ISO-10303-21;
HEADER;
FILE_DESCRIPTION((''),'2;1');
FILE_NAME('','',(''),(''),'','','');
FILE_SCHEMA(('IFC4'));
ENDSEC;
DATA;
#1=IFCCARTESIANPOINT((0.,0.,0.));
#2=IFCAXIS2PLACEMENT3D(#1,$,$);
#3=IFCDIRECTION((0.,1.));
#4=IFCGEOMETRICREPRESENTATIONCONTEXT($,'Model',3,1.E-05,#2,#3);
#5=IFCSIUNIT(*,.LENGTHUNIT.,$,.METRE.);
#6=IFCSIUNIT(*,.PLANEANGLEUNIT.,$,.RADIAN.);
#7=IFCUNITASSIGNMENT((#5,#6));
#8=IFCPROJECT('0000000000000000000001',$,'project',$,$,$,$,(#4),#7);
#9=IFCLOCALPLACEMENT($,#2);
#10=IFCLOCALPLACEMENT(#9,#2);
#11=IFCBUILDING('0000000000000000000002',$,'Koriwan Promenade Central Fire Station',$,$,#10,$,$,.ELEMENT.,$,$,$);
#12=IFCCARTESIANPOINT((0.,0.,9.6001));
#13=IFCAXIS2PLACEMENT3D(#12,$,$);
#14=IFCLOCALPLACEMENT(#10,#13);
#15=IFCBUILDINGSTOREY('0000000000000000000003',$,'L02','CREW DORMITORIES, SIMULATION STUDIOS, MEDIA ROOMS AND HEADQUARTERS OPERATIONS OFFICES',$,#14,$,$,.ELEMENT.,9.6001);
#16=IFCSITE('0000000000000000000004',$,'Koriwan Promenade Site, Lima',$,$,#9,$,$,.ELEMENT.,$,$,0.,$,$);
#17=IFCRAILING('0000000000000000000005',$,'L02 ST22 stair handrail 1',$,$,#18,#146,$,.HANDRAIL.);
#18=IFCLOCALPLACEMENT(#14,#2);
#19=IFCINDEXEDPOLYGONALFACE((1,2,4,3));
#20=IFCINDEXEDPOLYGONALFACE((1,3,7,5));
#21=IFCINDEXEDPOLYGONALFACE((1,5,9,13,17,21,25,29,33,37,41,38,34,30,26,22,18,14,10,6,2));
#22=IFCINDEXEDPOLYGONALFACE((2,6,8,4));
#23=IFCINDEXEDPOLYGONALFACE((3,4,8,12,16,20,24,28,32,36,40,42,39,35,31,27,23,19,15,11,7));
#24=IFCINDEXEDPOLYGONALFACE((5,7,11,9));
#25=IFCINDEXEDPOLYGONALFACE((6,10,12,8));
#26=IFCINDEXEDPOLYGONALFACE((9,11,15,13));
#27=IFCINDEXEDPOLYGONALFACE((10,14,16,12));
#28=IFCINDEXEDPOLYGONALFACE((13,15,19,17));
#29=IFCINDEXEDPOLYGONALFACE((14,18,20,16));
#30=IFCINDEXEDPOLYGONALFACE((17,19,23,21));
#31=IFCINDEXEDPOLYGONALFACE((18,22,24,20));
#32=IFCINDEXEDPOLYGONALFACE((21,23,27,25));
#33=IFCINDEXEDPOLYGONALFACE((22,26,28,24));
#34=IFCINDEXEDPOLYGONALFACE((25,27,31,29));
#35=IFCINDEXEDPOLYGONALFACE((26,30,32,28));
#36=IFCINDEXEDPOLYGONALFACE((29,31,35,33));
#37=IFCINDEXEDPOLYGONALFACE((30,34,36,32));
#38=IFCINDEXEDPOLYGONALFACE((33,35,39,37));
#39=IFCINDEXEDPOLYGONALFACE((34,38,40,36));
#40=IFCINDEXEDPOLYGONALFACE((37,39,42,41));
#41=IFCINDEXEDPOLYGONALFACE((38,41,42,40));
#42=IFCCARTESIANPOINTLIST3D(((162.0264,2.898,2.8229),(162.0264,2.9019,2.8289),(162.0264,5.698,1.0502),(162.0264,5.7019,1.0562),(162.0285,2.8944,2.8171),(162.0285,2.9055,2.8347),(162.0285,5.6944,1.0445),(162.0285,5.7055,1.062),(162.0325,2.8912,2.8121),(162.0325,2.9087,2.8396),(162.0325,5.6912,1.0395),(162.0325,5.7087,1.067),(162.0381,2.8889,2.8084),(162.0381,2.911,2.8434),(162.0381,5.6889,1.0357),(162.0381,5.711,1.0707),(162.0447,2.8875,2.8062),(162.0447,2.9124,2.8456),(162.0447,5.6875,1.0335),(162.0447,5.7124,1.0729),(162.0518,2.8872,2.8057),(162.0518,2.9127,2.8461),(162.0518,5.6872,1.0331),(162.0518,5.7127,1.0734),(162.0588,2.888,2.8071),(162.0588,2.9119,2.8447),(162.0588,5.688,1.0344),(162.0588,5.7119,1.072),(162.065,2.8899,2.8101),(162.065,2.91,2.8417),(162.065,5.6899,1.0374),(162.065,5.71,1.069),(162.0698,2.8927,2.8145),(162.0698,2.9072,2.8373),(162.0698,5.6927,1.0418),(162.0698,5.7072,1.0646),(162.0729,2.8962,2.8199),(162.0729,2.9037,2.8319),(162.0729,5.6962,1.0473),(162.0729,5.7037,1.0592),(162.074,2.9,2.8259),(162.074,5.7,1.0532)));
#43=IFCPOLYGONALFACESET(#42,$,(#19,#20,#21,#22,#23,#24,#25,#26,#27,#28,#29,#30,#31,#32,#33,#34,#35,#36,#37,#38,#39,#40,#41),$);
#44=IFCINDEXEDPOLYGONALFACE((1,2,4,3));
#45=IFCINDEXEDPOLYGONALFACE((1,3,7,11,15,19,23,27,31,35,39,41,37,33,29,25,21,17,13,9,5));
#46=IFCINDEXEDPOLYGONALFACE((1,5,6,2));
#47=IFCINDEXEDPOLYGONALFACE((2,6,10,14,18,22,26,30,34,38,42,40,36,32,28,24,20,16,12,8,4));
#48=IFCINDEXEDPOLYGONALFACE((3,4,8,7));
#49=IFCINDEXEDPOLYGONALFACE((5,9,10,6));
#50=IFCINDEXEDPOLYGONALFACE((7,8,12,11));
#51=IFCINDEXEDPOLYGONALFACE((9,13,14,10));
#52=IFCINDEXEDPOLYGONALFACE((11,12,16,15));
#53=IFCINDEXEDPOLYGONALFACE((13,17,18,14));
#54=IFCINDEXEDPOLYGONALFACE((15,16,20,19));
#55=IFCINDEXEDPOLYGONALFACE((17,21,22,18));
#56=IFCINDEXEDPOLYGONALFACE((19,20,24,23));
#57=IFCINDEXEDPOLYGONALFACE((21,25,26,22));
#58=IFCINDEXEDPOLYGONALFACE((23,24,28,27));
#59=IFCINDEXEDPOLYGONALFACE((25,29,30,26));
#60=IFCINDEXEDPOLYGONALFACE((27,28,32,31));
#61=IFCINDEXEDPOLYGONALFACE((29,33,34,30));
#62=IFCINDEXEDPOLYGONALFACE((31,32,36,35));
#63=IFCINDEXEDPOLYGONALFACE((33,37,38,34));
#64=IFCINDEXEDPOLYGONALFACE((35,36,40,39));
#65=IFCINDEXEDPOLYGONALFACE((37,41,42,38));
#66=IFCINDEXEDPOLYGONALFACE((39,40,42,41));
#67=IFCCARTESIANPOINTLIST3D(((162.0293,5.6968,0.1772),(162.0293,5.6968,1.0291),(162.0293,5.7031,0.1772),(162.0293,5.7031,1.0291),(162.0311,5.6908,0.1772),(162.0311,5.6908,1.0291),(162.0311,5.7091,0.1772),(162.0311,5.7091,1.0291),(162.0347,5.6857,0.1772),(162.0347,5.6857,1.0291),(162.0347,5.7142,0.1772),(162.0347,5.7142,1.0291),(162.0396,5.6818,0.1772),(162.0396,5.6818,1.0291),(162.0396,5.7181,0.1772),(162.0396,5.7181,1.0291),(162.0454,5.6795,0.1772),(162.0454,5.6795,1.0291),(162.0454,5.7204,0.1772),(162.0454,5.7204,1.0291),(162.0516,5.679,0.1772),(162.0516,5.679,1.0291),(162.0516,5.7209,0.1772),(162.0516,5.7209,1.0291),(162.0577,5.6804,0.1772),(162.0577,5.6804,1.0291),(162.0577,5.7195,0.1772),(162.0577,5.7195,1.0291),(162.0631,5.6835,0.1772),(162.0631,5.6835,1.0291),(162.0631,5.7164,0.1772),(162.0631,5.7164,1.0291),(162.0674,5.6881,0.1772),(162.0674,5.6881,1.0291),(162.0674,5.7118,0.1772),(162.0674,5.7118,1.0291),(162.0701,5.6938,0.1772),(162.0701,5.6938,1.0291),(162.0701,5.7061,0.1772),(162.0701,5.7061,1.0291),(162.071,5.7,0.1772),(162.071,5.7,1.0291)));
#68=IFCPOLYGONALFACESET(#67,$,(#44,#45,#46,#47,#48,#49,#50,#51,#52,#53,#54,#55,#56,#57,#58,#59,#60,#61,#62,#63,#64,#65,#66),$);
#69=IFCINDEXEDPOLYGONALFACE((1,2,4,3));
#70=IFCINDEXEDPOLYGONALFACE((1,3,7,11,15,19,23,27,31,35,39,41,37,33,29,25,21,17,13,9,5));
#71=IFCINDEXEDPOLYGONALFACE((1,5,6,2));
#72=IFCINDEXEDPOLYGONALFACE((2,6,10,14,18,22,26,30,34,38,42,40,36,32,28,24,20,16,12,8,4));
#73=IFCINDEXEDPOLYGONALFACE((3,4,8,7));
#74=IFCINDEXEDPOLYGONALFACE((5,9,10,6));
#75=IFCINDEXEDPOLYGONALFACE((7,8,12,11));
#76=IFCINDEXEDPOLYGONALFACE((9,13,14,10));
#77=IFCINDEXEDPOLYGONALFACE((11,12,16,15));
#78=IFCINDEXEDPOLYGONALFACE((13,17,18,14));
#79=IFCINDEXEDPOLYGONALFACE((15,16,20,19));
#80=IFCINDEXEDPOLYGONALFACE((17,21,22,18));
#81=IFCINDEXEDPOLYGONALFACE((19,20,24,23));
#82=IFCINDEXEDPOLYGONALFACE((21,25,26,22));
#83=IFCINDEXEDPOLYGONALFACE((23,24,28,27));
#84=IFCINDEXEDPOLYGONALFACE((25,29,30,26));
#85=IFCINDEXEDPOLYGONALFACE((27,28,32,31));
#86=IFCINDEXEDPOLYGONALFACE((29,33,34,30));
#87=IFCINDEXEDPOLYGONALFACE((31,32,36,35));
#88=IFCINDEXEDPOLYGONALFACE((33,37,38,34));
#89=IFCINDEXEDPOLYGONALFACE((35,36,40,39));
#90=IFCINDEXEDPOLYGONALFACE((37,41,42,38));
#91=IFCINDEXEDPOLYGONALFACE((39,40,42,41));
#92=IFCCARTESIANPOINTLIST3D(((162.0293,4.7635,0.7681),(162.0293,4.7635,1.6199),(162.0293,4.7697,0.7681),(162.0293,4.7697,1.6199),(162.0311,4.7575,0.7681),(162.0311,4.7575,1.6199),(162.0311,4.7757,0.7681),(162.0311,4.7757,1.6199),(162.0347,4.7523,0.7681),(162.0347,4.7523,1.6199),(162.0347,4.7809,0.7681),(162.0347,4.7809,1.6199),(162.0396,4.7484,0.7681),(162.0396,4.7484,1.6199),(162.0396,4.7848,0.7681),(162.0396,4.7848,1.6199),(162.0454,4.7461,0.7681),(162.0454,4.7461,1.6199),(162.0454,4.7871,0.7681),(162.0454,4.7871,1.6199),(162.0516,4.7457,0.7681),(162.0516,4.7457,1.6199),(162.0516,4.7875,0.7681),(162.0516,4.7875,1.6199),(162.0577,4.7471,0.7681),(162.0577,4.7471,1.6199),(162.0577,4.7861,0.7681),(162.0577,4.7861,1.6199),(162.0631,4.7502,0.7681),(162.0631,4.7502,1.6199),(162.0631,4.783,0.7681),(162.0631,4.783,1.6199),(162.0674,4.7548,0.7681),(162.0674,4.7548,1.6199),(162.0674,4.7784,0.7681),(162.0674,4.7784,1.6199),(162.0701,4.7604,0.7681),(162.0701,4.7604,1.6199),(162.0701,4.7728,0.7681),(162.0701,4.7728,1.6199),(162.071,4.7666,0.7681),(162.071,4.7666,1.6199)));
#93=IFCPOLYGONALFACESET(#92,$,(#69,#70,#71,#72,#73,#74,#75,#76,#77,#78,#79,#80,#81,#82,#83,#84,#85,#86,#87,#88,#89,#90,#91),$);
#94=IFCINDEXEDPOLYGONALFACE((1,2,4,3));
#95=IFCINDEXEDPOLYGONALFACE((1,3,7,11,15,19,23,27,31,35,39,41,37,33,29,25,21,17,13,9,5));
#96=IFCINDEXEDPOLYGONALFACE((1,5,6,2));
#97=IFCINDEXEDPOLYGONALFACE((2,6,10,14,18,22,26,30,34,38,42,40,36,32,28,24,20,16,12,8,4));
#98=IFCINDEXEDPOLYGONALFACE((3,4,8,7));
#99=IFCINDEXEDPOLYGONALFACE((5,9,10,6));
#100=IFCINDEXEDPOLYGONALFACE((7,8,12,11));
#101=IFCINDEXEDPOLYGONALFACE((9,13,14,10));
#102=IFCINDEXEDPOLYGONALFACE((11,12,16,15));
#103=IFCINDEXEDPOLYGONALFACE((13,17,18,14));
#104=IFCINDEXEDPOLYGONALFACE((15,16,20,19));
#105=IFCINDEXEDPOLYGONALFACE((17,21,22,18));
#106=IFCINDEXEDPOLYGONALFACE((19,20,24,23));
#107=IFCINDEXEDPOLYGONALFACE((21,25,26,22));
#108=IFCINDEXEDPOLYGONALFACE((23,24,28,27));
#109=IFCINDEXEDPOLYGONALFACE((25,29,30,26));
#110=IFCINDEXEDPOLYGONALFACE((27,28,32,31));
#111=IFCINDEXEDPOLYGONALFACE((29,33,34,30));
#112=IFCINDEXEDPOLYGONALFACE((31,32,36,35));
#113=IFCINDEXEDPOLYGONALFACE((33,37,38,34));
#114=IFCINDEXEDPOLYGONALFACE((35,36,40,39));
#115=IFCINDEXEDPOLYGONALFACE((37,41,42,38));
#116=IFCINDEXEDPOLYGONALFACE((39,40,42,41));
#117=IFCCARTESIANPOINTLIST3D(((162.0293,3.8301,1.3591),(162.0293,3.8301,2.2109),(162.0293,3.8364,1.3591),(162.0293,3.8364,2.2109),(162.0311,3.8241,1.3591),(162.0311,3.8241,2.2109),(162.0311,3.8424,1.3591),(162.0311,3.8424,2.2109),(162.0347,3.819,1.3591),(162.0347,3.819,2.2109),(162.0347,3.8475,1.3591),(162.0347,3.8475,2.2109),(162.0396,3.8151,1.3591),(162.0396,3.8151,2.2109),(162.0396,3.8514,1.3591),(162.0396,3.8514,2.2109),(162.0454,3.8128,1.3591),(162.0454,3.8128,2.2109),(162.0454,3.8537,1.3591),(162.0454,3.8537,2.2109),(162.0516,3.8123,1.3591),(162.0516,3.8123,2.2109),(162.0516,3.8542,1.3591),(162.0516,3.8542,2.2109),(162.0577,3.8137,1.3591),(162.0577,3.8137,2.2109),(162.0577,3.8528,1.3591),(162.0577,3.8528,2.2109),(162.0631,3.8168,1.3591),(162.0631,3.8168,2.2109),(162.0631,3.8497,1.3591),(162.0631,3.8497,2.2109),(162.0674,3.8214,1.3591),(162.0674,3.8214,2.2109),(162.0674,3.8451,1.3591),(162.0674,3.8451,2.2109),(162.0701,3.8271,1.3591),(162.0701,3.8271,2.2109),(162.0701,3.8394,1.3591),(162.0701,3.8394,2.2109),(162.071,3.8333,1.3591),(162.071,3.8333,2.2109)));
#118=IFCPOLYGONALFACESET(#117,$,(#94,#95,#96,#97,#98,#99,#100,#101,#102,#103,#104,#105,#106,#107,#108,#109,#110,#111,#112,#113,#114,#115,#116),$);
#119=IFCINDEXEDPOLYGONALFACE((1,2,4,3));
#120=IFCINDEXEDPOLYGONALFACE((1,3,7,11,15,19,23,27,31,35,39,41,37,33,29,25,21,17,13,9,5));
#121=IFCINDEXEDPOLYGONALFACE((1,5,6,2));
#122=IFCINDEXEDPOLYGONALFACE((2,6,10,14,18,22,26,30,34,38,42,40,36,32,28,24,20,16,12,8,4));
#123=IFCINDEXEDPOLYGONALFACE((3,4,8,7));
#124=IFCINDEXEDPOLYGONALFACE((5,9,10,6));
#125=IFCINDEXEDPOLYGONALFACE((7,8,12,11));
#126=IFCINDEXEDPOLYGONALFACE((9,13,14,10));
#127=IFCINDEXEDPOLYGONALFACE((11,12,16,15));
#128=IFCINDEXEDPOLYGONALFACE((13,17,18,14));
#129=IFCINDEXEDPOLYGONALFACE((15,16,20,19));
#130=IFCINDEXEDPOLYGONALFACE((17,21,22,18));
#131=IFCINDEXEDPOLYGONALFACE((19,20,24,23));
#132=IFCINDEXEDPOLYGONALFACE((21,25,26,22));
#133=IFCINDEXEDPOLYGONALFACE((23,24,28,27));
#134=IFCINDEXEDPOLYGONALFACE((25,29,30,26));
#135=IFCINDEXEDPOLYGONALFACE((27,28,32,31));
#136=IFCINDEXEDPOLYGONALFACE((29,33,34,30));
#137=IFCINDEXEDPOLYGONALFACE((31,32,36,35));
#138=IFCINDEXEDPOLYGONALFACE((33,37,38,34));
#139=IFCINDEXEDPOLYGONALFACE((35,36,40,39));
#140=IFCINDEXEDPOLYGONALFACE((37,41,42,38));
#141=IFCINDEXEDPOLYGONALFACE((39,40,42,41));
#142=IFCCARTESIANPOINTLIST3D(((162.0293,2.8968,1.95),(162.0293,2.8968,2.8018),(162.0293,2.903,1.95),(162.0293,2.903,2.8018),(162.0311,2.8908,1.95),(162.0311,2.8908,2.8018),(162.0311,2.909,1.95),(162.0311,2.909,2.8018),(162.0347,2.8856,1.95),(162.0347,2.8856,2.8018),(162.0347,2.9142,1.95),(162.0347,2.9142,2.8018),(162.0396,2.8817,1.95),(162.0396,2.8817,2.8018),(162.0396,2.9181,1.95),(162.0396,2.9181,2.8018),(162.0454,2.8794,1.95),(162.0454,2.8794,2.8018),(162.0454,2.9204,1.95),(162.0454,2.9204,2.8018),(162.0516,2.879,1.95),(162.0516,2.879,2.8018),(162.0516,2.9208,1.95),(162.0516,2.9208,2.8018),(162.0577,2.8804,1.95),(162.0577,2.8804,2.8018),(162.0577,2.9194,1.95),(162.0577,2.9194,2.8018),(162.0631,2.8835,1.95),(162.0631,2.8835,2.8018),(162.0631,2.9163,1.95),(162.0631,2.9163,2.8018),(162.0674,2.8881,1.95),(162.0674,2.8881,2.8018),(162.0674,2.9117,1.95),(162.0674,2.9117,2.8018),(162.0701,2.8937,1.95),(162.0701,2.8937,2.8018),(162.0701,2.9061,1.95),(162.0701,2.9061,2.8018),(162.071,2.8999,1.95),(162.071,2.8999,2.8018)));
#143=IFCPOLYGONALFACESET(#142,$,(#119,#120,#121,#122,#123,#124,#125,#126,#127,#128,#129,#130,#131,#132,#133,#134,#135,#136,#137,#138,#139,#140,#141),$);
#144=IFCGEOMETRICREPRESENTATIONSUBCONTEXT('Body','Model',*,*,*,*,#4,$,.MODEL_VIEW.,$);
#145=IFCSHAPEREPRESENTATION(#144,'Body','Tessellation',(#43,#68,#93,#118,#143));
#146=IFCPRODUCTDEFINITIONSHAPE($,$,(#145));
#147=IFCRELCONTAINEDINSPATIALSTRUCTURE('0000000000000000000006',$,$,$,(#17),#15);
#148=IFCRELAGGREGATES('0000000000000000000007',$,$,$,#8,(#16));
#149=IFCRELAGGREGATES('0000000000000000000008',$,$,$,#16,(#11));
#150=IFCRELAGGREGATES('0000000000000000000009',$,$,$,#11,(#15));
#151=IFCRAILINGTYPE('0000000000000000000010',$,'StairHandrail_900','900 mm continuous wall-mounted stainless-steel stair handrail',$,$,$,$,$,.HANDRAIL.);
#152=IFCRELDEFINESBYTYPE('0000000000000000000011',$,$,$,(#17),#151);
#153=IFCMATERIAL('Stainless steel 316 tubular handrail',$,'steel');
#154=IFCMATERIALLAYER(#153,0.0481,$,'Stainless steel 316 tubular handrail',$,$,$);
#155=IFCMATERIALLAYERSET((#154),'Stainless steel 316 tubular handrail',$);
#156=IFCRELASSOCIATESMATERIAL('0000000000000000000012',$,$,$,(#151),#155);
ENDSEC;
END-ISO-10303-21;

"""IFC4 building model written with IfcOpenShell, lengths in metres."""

from ifc_helpers import new_model, si_unit, direction, frame, origin, origin_2d, place, context, subcontext, project, spatial, circle, extrude, material, layer, layer_set, type_object, element, save


model = new_model("IFC4")

# Units and contexts
model_context = context("Model", 3, precision=1e-05, world=origin(), true_north=direction((0.0, 1.0)))
body_context = subcontext(model_context, "Body", "Model", "MODEL_VIEW")
ifc_project = project(units=[si_unit("LENGTHUNIT", "METRE"), si_unit("PLANEANGLEUNIT", "RADIAN")], contexts=[model_context])

# Site, building, storey
site_placement = place(None, origin())
site = spatial("IfcSite", under=ifc_project, at=site_placement, Name="Koriwan Promenade Site, Lima", CompositionType="ELEMENT", RefElevation=0.0)
building_placement = place(site_placement, origin())
building = spatial("IfcBuilding", under=site, at=building_placement, Name="Koriwan Promenade Central Fire Station", CompositionType="ELEMENT")
storey_placement = place(building_placement, frame((0.0, 0.0, 9.6001)))
storey = spatial("IfcBuildingStorey", under=building, at=storey_placement, Name="L02", Description="CREW DORMITORIES, SIMULATION STUDIOS, MEDIA ROOMS AND HEADQUARTERS OPERATIONS OFFICES", CompositionType="ELEMENT", Elevation=9.6001)

# Railing
ifc_material_1 = material(Name="Stainless steel 316 tubular handrail", Category="steel")
ifc_layer_1 = layer(ifc_material_1, 0.0481, Name="Stainless steel 316 tubular handrail")
ifc_layer_set_1 = layer_set([ifc_layer_1], Name="Stainless steel 316 tubular handrail")
railing_type_1 = type_object("IfcRailingType", Name="StairHandrail_900", Description="900 mm continuous wall-mounted stainless-steel stair handrail", PredefinedType="HANDRAIL", material=ifc_layer_set_1)
railing_1_placement = place(storey_placement, frame((162.05, 5.7, 0.1772)))
element("IfcRailing", 1, at=railing_1_placement, inside=storey, type_object=railing_type_1, Name="L02 ST22 stair handrail 1", PredefinedType="HANDRAIL", context=body_context, shape_type="SweptSolid", body=[
    extrude(circle(Radius=0.0239, at=origin_2d()), frame((0.0, 0.0, 0.876), z_axis=(0.0, -0.844909, 0.53491), x_axis=(1.0, 0.0, 0.0)), (0.0, 0.0, 1.0), 3.314),
    extrude(circle(Radius=0.021, at=origin_2d()), origin(), (0.0, 0.0, 1.0), 0.8518),
    extrude(circle(Radius=0.021, at=origin_2d()), frame((0.0, -0.9333, 0.5908)), (0.0, 0.0, 1.0), 0.8518),
    extrude(circle(Radius=0.021, at=origin_2d()), frame((0.0, -1.8667, 1.1819)), (0.0, 0.0, 1.0), 0.8518),
    extrude(circle(Radius=0.021, at=origin_2d()), frame((0.0, -2.8, 1.7727)), (0.0, 0.0, 1.0), 0.8518),
])

save(model, "model.ifc")
